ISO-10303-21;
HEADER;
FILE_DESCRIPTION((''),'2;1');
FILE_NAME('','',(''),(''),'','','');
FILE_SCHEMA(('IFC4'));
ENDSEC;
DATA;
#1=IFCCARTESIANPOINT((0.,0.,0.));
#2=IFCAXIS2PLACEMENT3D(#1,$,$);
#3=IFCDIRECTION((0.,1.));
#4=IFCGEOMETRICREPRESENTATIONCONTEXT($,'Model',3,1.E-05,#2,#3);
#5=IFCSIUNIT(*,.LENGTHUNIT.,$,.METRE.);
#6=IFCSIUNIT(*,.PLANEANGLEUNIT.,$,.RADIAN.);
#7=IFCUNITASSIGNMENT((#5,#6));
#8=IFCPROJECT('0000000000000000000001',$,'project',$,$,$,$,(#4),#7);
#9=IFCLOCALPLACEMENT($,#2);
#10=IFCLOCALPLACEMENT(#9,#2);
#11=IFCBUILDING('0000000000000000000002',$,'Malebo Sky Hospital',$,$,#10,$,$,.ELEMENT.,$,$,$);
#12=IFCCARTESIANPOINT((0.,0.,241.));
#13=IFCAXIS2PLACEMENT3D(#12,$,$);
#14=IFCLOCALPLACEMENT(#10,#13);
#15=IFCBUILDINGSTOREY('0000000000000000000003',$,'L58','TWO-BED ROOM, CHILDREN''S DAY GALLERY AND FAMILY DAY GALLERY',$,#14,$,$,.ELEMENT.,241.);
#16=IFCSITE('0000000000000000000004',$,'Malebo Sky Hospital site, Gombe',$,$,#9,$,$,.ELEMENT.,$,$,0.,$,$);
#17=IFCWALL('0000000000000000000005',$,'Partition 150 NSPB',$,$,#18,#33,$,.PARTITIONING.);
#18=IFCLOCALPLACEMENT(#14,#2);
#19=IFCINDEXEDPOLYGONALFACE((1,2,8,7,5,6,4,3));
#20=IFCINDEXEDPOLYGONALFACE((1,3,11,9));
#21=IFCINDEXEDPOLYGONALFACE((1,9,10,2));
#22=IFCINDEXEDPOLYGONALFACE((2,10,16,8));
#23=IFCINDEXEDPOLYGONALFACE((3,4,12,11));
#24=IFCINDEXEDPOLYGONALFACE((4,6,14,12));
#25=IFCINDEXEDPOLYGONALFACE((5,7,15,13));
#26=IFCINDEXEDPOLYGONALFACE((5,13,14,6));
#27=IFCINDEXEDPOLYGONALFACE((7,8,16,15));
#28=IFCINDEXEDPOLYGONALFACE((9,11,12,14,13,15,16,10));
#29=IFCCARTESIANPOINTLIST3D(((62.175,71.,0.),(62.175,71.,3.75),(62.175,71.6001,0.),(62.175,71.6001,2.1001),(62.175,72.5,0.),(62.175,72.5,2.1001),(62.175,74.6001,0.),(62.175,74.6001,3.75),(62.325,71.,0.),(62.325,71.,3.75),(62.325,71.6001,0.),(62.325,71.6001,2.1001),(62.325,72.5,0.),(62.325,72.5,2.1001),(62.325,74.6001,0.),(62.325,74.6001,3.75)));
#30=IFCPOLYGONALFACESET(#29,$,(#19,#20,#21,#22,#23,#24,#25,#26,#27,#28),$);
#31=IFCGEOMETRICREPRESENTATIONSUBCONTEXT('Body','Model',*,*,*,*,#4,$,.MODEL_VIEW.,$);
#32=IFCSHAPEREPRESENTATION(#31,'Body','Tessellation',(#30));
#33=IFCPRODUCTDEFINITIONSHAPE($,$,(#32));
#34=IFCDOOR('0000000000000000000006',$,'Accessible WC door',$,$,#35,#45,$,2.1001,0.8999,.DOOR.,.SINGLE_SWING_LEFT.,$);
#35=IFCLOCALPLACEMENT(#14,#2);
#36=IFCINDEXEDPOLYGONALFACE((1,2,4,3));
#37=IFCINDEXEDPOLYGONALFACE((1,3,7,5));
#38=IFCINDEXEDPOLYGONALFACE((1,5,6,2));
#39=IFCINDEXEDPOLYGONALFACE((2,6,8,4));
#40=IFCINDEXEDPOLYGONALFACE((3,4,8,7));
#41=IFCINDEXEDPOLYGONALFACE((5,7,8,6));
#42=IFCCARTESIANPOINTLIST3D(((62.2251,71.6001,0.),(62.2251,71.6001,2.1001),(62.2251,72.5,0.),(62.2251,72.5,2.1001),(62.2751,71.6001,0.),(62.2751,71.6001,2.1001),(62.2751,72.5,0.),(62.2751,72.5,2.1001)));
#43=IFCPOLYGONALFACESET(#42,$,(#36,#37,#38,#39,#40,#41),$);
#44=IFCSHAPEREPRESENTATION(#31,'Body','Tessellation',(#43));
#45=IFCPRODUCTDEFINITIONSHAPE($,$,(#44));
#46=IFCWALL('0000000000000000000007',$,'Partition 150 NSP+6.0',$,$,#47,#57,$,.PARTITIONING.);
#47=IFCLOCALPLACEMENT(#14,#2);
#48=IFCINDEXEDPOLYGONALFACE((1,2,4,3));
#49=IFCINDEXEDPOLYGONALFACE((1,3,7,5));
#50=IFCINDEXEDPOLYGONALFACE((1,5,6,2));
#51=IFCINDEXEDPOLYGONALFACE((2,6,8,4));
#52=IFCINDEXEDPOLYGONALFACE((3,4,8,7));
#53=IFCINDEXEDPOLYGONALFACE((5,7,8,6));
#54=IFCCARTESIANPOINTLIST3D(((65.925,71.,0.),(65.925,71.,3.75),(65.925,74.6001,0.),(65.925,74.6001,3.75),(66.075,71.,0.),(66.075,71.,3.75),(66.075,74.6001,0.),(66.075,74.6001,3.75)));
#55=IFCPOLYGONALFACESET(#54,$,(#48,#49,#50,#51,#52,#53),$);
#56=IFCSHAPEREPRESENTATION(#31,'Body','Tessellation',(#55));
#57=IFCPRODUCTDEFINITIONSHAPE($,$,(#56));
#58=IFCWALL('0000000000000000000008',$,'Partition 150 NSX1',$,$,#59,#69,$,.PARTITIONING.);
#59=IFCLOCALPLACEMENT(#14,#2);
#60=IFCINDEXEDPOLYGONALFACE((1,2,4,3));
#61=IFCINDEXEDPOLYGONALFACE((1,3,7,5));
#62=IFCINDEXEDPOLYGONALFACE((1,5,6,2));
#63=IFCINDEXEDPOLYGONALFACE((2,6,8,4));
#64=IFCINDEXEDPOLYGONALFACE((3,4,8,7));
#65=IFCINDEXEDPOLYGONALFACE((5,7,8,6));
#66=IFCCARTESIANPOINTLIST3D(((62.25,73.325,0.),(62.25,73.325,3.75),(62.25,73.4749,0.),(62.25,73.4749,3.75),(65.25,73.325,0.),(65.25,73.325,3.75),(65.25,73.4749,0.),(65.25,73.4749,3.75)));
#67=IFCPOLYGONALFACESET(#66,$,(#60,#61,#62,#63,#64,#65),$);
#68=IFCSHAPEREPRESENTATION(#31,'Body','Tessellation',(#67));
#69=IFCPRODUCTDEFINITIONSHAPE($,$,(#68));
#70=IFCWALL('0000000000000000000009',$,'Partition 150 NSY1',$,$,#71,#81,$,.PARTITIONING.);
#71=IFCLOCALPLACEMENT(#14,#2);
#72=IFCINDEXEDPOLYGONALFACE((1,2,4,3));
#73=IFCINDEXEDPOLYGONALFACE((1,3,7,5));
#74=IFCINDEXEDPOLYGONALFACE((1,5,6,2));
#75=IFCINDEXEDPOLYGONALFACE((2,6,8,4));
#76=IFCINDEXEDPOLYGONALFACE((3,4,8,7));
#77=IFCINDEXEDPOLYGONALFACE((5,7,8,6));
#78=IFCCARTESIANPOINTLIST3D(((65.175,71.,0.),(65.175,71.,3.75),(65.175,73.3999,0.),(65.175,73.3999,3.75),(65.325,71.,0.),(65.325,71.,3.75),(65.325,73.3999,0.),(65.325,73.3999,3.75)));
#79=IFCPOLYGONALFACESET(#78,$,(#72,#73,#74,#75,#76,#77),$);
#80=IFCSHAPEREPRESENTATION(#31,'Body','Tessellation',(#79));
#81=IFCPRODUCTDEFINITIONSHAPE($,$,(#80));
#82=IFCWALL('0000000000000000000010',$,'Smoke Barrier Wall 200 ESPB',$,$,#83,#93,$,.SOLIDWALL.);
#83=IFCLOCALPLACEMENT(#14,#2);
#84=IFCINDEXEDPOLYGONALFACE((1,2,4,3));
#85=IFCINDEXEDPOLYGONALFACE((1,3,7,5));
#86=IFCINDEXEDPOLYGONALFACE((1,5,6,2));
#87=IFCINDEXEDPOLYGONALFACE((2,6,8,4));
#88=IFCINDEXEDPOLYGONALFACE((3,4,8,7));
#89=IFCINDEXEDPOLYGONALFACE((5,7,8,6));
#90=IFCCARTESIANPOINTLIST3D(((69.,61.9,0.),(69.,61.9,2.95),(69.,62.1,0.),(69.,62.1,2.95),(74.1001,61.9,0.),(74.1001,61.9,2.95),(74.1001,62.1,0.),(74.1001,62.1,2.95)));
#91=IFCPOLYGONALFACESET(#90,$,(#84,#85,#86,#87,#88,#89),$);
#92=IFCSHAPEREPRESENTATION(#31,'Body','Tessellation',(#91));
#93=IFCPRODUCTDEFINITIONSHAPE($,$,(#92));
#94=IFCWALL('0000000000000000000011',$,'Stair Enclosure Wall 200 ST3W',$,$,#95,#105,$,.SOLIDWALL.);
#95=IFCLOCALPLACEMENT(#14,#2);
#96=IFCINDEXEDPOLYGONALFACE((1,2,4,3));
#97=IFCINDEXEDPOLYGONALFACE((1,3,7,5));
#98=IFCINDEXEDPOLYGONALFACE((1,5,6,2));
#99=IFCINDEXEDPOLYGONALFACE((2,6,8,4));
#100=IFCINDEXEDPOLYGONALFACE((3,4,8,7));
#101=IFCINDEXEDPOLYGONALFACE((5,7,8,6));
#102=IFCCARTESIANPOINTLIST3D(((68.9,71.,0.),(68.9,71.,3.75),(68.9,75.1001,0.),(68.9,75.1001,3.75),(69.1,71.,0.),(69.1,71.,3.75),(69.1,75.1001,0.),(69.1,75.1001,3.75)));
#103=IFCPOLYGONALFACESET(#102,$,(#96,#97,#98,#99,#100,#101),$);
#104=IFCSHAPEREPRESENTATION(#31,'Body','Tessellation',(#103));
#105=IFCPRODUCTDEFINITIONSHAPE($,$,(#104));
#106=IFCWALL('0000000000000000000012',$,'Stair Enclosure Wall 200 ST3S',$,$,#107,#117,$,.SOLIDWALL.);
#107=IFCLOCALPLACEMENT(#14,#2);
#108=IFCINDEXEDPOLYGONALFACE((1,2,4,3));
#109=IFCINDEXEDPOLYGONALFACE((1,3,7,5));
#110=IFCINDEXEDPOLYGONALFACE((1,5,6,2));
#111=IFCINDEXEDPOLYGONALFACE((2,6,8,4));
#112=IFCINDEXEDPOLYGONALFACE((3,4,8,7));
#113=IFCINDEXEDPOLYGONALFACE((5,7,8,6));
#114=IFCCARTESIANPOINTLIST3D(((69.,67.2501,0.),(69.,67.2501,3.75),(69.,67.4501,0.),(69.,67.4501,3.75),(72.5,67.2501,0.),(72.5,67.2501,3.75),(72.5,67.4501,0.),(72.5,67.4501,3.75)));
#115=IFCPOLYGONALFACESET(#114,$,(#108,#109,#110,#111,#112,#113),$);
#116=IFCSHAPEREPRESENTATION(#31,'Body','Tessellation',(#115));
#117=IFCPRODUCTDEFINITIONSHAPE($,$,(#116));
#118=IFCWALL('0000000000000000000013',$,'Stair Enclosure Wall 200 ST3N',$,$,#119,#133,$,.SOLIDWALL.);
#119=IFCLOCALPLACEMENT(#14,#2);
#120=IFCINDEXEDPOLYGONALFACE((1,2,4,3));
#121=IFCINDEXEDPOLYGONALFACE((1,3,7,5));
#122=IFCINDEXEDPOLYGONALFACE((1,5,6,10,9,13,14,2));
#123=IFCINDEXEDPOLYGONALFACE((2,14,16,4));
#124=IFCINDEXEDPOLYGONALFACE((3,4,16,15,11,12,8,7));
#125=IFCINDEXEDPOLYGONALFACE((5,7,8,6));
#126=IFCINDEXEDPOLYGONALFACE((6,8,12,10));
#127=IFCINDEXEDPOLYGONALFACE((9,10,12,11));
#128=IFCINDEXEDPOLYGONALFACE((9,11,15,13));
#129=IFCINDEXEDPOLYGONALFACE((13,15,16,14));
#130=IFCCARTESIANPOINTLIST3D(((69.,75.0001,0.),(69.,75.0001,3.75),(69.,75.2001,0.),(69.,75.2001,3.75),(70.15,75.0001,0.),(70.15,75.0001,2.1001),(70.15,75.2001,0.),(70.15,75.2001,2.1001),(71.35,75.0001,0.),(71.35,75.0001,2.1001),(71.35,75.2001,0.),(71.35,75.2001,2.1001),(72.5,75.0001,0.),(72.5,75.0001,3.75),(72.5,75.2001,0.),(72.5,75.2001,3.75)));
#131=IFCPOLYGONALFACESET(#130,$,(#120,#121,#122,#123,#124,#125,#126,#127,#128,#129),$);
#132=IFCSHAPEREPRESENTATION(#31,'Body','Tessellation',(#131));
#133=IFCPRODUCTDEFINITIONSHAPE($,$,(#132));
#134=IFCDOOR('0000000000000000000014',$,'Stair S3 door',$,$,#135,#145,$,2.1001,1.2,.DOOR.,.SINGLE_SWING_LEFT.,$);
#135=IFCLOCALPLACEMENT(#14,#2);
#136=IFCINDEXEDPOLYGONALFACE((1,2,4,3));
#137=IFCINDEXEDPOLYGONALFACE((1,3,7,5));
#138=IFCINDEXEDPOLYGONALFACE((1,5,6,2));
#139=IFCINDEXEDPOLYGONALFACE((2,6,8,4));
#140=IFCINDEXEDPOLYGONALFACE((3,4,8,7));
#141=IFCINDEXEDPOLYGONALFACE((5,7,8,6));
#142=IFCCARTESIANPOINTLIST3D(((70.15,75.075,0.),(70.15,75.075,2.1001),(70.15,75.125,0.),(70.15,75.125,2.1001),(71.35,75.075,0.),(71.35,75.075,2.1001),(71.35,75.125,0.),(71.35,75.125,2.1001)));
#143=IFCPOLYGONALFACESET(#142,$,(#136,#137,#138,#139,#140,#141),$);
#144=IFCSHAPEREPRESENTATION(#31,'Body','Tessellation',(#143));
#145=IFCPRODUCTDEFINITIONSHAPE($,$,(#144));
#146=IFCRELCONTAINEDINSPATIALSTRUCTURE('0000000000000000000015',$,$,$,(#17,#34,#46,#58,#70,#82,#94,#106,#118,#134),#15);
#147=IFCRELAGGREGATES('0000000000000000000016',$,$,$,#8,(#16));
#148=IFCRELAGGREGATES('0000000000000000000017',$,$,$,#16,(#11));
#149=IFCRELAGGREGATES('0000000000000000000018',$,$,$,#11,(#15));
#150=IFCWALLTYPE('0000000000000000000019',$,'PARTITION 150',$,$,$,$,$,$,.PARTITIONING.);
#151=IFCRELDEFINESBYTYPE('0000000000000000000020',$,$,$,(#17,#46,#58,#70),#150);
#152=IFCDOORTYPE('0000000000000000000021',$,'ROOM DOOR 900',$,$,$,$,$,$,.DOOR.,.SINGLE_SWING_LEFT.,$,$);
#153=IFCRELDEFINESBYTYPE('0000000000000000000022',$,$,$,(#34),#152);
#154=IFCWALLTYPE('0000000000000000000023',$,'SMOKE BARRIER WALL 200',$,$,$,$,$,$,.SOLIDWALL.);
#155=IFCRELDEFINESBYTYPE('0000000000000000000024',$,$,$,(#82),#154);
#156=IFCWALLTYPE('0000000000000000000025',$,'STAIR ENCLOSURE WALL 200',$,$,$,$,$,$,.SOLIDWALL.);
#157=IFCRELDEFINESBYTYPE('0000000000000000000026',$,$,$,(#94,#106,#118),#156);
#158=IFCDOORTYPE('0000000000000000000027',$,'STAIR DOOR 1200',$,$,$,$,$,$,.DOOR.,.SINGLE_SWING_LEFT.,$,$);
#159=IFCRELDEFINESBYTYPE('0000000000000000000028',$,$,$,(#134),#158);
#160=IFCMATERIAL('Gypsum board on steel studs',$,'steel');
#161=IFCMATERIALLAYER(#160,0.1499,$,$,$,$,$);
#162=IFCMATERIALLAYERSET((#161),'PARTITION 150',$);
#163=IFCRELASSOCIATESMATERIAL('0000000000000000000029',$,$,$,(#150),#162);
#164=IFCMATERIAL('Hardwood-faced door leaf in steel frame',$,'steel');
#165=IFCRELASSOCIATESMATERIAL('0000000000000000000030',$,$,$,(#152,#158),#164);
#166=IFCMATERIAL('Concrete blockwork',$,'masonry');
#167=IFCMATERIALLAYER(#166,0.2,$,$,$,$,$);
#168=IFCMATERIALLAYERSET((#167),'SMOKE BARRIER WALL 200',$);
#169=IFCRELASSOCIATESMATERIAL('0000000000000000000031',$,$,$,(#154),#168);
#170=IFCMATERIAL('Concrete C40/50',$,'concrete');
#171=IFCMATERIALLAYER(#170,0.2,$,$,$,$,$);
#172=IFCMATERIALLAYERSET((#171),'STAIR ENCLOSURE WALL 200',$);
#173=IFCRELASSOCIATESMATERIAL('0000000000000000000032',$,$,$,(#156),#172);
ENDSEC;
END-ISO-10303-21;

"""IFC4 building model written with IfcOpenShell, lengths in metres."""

from ifc_helpers import new_model, si_unit, direction, frame, frame_2d, origin, place, context, subcontext, project, spatial, rectangle, extrude, material, layer, layer_set, type_object, element, fill, save


model = new_model("IFC4")

# Units and contexts
model_context = context("Model", 3, precision=1e-05, world=origin(), true_north=direction((0.0, 1.0)))
body_context = subcontext(model_context, "Body", "Model", "MODEL_VIEW")
ifc_project = project(units=[si_unit("LENGTHUNIT", "METRE"), si_unit("PLANEANGLEUNIT", "RADIAN")], contexts=[model_context])

# Site, building, storey
site_placement = place(None, origin())
site = spatial("IfcSite", under=ifc_project, at=site_placement, Name="Malebo Sky Hospital site, Gombe", CompositionType="ELEMENT", RefElevation=0.0)
building_placement = place(site_placement, origin())
building = spatial("IfcBuilding", under=site, at=building_placement, Name="Malebo Sky Hospital", CompositionType="ELEMENT")
storey_placement = place(building_placement, frame((0.0, 0.0, 241.0)))
storey = spatial("IfcBuildingStorey", under=building, at=storey_placement, Name="L58", Description="TWO-BED ROOM, CHILDREN'S DAY GALLERY AND FAMILY DAY GALLERY", CompositionType="ELEMENT", Elevation=241.0)

# Shared definitions
ifc_material_1 = material(Name="Gypsum board on steel studs", Category="steel")
ifc_material_2 = material(Name="Hardwood-faced door leaf in steel frame", Category="steel")

# Wall, opening, door
ifc_layer_1 = layer(ifc_material_1, 0.1499)
ifc_layer_set_1 = layer_set([ifc_layer_1], Name="PARTITION 150")
wall_type_1 = type_object("IfcWallType", Name="PARTITION 150", PredefinedType="PARTITIONING", material=ifc_layer_set_1)
wall_1_placement = place(storey_placement, frame((62.25, 71.0, 0.0), z_axis=(0.0, 0.0, 1.0), x_axis=(0.0, 1.0, 0.0)))
wall_1 = element("IfcWall", 1, at=wall_1_placement, inside=storey, type_object=wall_type_1, Name="Partition 150 NSPB", PredefinedType="PARTITIONING", context=body_context, shape_type="SweptSolid", body=[
    extrude(rectangle(XDim=3.6001, YDim=0.1499, at=frame_2d((1.8, 0.0))), origin(), (0.0, 0.0, 1.0), 3.75),
])
opening_1_placement = place(wall_1_placement, frame((0.6001, 0.0, 0.0)))
opening_1 = element("IfcOpeningElement", 2, at=opening_1_placement, cuts=wall_1, PredefinedType="OPENING", context=body_context, shape_type="SweptSolid", body=[
    extrude(rectangle(XDim=0.8999, YDim=2.1001, at=frame_2d((0.45, 1.05))), frame((0.0, 0.085, 0.0), z_axis=(0.0, -1.0, 0.0), x_axis=(1.0, 0.0, 0.0)), (0.0, 0.0, 1.0), 0.1699),
])
door_type_1 = type_object("IfcDoorType", Name="ROOM DOOR 900", OperationType="SINGLE_SWING_LEFT", PredefinedType="DOOR", material=ifc_material_2)
door_1_placement = place(opening_1_placement, origin())
door_1 = element("IfcDoor", 3, at=door_1_placement, inside=storey, type_object=door_type_1, Name="Accessible WC door", OperationType="SINGLE_SWING_LEFT", OverallHeight=2.1001, OverallWidth=0.8999, PredefinedType="DOOR", context=body_context, shape_type="SweptSolid", body=[
    extrude(rectangle(XDim=0.8999, YDim=2.1001, at=frame_2d((0.45, 1.05))), frame((0.0, 0.0249, 0.0), z_axis=(0.0, -1.0, 0.0), x_axis=(1.0, 0.0, 0.0)), (0.0, 0.0, 1.0), 0.05),
])
fill(opening_1, door_1)

# Walls
wall_2_placement = place(storey_placement, frame((66.0, 71.0, 0.0), z_axis=(0.0, 0.0, 1.0), x_axis=(0.0, 1.0, 0.0)))
element("IfcWall", 4, at=wall_2_placement, inside=storey, type_object=wall_type_1, Name="Partition 150 NSP+6.0", PredefinedType="PARTITIONING", context=body_context, shape_type="SweptSolid", body=[
    extrude(rectangle(XDim=3.6001, YDim=0.1499, at=frame_2d((1.8, 0.0))), origin(), (0.0, 0.0, 1.0), 3.75),
])
wall_3_placement = place(storey_placement, frame((62.25, 73.3999, 0.0), z_axis=(0.0, 0.0, 1.0), x_axis=(1.0, 0.0, 0.0)))
element("IfcWall", 5, at=wall_3_placement, inside=storey, type_object=wall_type_1, Name="Partition 150 NSX1", PredefinedType="PARTITIONING", context=body_context, shape_type="SweptSolid", body=[
    extrude(rectangle(XDim=3.0, YDim=0.1499, at=frame_2d((1.5, 0.0))), origin(), (0.0, 0.0, 1.0), 3.75),
])
wall_4_placement = place(storey_placement, frame((65.25, 71.0, 0.0), z_axis=(0.0, 0.0, 1.0), x_axis=(0.0, 1.0, 0.0)))
element("IfcWall", 6, at=wall_4_placement, inside=storey, type_object=wall_type_1, Name="Partition 150 NSY1", PredefinedType="PARTITIONING", context=body_context, shape_type="SweptSolid", body=[
    extrude(rectangle(XDim=2.3999, YDim=0.1499, at=frame_2d((1.2, 0.0))), origin(), (0.0, 0.0, 1.0), 3.75),
])
ifc_material_3 = material(Name="Concrete blockwork", Category="masonry")
ifc_layer_2 = layer(ifc_material_3, 0.2)
ifc_layer_set_2 = layer_set([ifc_layer_2], Name="SMOKE BARRIER WALL 200")
wall_type_2 = type_object("IfcWallType", Name="SMOKE BARRIER WALL 200", PredefinedType="SOLIDWALL", material=ifc_layer_set_2)
wall_5_placement = place(storey_placement, frame((69.0, 62.0, 0.0), z_axis=(0.0, 0.0, 1.0), x_axis=(1.0, 0.0, 0.0)))
element("IfcWall", 7, at=wall_5_placement, inside=storey, type_object=wall_type_2, Name="Smoke Barrier Wall 200 ESPB", PredefinedType="SOLIDWALL", context=body_context, shape_type="SweptSolid", body=[
    extrude(rectangle(XDim=5.1001, YDim=0.2, at=frame_2d((2.55, 0.0))), origin(), (0.0, 0.0, 1.0), 2.95),
])
ifc_material_4 = material(Name="Concrete C40/50", Category="concrete")
ifc_layer_3 = layer(ifc_material_4, 0.2)
ifc_layer_set_3 = layer_set([ifc_layer_3], Name="STAIR ENCLOSURE WALL 200")
wall_type_3 = type_object("IfcWallType", Name="STAIR ENCLOSURE WALL 200", PredefinedType="SOLIDWALL", material=ifc_layer_set_3)
wall_6_placement = place(storey_placement, frame((69.0, 71.0, 0.0), z_axis=(0.0, 0.0, 1.0), x_axis=(0.0, 1.0, 0.0)))
element("IfcWall", 8, at=wall_6_placement, inside=storey, type_object=wall_type_3, Name="Stair Enclosure Wall 200 ST3W", PredefinedType="SOLIDWALL", context=body_context, shape_type="SweptSolid", body=[
    extrude(rectangle(XDim=4.1001, YDim=0.2, at=frame_2d((2.05, 0.0))), origin(), (0.0, 0.0, 1.0), 3.75),
])
wall_7_placement = place(storey_placement, frame((69.0, 67.3501, 0.0), z_axis=(0.0, 0.0, 1.0), x_axis=(1.0, 0.0, 0.0)))
element("IfcWall", 9, at=wall_7_placement, inside=storey, type_object=wall_type_3, Name="Stair Enclosure Wall 200 ST3S", PredefinedType="SOLIDWALL", context=body_context, shape_type="SweptSolid", body=[
    extrude(rectangle(XDim=3.5, YDim=0.2, at=frame_2d((1.75, 0.0))), origin(), (0.0, 0.0, 1.0), 3.75),
])

# Wall, opening, door
wall_8_placement = place(storey_placement, frame((69.0, 75.1001, 0.0), z_axis=(0.0, 0.0, 1.0), x_axis=(1.0, 0.0, 0.0)))
wall_8 = element("IfcWall", 10, at=wall_8_placement, inside=storey, type_object=wall_type_3, Name="Stair Enclosure Wall 200 ST3N", PredefinedType="SOLIDWALL", context=body_context, shape_type="SweptSolid", body=[
    extrude(rectangle(XDim=3.5, YDim=0.2, at=frame_2d((1.75, 0.0))), origin(), (0.0, 0.0, 1.0), 3.75),
])
opening_2_placement = place(wall_8_placement, frame((1.1499, 0.0, 0.0)))
opening_2 = element("IfcOpeningElement", 11, at=opening_2_placement, cuts=wall_8, PredefinedType="OPENING", context=body_context, shape_type="SweptSolid", body=[
    extrude(rectangle(XDim=1.2, YDim=2.1001, at=frame_2d((0.6001, 1.05))), frame((0.0, 0.1099, 0.0), z_axis=(0.0, -1.0, 0.0), x_axis=(1.0, 0.0, 0.0)), (0.0, 0.0, 1.0), 0.22),
])
door_type_2 = type_object("IfcDoorType", Name="STAIR DOOR 1200", OperationType="SINGLE_SWING_LEFT", PredefinedType="DOOR", material=ifc_material_2)
door_2_placement = place(opening_2_placement, origin())
door_2 = element("IfcDoor", 12, at=door_2_placement, inside=storey, type_object=door_type_2, Name="Stair S3 door", OperationType="SINGLE_SWING_LEFT", OverallHeight=2.1001, OverallWidth=1.2, PredefinedType="DOOR", context=body_context, shape_type="SweptSolid", body=[
    extrude(rectangle(XDim=1.2, YDim=2.1001, at=frame_2d((0.6001, 1.05))), frame((0.0, 0.0249, 0.0), z_axis=(0.0, -1.0, 0.0), x_axis=(1.0, 0.0, 0.0)), (0.0, 0.0, 1.0), 0.05),
])
fill(opening_2, door_2)

save(model, "model.ifc")
